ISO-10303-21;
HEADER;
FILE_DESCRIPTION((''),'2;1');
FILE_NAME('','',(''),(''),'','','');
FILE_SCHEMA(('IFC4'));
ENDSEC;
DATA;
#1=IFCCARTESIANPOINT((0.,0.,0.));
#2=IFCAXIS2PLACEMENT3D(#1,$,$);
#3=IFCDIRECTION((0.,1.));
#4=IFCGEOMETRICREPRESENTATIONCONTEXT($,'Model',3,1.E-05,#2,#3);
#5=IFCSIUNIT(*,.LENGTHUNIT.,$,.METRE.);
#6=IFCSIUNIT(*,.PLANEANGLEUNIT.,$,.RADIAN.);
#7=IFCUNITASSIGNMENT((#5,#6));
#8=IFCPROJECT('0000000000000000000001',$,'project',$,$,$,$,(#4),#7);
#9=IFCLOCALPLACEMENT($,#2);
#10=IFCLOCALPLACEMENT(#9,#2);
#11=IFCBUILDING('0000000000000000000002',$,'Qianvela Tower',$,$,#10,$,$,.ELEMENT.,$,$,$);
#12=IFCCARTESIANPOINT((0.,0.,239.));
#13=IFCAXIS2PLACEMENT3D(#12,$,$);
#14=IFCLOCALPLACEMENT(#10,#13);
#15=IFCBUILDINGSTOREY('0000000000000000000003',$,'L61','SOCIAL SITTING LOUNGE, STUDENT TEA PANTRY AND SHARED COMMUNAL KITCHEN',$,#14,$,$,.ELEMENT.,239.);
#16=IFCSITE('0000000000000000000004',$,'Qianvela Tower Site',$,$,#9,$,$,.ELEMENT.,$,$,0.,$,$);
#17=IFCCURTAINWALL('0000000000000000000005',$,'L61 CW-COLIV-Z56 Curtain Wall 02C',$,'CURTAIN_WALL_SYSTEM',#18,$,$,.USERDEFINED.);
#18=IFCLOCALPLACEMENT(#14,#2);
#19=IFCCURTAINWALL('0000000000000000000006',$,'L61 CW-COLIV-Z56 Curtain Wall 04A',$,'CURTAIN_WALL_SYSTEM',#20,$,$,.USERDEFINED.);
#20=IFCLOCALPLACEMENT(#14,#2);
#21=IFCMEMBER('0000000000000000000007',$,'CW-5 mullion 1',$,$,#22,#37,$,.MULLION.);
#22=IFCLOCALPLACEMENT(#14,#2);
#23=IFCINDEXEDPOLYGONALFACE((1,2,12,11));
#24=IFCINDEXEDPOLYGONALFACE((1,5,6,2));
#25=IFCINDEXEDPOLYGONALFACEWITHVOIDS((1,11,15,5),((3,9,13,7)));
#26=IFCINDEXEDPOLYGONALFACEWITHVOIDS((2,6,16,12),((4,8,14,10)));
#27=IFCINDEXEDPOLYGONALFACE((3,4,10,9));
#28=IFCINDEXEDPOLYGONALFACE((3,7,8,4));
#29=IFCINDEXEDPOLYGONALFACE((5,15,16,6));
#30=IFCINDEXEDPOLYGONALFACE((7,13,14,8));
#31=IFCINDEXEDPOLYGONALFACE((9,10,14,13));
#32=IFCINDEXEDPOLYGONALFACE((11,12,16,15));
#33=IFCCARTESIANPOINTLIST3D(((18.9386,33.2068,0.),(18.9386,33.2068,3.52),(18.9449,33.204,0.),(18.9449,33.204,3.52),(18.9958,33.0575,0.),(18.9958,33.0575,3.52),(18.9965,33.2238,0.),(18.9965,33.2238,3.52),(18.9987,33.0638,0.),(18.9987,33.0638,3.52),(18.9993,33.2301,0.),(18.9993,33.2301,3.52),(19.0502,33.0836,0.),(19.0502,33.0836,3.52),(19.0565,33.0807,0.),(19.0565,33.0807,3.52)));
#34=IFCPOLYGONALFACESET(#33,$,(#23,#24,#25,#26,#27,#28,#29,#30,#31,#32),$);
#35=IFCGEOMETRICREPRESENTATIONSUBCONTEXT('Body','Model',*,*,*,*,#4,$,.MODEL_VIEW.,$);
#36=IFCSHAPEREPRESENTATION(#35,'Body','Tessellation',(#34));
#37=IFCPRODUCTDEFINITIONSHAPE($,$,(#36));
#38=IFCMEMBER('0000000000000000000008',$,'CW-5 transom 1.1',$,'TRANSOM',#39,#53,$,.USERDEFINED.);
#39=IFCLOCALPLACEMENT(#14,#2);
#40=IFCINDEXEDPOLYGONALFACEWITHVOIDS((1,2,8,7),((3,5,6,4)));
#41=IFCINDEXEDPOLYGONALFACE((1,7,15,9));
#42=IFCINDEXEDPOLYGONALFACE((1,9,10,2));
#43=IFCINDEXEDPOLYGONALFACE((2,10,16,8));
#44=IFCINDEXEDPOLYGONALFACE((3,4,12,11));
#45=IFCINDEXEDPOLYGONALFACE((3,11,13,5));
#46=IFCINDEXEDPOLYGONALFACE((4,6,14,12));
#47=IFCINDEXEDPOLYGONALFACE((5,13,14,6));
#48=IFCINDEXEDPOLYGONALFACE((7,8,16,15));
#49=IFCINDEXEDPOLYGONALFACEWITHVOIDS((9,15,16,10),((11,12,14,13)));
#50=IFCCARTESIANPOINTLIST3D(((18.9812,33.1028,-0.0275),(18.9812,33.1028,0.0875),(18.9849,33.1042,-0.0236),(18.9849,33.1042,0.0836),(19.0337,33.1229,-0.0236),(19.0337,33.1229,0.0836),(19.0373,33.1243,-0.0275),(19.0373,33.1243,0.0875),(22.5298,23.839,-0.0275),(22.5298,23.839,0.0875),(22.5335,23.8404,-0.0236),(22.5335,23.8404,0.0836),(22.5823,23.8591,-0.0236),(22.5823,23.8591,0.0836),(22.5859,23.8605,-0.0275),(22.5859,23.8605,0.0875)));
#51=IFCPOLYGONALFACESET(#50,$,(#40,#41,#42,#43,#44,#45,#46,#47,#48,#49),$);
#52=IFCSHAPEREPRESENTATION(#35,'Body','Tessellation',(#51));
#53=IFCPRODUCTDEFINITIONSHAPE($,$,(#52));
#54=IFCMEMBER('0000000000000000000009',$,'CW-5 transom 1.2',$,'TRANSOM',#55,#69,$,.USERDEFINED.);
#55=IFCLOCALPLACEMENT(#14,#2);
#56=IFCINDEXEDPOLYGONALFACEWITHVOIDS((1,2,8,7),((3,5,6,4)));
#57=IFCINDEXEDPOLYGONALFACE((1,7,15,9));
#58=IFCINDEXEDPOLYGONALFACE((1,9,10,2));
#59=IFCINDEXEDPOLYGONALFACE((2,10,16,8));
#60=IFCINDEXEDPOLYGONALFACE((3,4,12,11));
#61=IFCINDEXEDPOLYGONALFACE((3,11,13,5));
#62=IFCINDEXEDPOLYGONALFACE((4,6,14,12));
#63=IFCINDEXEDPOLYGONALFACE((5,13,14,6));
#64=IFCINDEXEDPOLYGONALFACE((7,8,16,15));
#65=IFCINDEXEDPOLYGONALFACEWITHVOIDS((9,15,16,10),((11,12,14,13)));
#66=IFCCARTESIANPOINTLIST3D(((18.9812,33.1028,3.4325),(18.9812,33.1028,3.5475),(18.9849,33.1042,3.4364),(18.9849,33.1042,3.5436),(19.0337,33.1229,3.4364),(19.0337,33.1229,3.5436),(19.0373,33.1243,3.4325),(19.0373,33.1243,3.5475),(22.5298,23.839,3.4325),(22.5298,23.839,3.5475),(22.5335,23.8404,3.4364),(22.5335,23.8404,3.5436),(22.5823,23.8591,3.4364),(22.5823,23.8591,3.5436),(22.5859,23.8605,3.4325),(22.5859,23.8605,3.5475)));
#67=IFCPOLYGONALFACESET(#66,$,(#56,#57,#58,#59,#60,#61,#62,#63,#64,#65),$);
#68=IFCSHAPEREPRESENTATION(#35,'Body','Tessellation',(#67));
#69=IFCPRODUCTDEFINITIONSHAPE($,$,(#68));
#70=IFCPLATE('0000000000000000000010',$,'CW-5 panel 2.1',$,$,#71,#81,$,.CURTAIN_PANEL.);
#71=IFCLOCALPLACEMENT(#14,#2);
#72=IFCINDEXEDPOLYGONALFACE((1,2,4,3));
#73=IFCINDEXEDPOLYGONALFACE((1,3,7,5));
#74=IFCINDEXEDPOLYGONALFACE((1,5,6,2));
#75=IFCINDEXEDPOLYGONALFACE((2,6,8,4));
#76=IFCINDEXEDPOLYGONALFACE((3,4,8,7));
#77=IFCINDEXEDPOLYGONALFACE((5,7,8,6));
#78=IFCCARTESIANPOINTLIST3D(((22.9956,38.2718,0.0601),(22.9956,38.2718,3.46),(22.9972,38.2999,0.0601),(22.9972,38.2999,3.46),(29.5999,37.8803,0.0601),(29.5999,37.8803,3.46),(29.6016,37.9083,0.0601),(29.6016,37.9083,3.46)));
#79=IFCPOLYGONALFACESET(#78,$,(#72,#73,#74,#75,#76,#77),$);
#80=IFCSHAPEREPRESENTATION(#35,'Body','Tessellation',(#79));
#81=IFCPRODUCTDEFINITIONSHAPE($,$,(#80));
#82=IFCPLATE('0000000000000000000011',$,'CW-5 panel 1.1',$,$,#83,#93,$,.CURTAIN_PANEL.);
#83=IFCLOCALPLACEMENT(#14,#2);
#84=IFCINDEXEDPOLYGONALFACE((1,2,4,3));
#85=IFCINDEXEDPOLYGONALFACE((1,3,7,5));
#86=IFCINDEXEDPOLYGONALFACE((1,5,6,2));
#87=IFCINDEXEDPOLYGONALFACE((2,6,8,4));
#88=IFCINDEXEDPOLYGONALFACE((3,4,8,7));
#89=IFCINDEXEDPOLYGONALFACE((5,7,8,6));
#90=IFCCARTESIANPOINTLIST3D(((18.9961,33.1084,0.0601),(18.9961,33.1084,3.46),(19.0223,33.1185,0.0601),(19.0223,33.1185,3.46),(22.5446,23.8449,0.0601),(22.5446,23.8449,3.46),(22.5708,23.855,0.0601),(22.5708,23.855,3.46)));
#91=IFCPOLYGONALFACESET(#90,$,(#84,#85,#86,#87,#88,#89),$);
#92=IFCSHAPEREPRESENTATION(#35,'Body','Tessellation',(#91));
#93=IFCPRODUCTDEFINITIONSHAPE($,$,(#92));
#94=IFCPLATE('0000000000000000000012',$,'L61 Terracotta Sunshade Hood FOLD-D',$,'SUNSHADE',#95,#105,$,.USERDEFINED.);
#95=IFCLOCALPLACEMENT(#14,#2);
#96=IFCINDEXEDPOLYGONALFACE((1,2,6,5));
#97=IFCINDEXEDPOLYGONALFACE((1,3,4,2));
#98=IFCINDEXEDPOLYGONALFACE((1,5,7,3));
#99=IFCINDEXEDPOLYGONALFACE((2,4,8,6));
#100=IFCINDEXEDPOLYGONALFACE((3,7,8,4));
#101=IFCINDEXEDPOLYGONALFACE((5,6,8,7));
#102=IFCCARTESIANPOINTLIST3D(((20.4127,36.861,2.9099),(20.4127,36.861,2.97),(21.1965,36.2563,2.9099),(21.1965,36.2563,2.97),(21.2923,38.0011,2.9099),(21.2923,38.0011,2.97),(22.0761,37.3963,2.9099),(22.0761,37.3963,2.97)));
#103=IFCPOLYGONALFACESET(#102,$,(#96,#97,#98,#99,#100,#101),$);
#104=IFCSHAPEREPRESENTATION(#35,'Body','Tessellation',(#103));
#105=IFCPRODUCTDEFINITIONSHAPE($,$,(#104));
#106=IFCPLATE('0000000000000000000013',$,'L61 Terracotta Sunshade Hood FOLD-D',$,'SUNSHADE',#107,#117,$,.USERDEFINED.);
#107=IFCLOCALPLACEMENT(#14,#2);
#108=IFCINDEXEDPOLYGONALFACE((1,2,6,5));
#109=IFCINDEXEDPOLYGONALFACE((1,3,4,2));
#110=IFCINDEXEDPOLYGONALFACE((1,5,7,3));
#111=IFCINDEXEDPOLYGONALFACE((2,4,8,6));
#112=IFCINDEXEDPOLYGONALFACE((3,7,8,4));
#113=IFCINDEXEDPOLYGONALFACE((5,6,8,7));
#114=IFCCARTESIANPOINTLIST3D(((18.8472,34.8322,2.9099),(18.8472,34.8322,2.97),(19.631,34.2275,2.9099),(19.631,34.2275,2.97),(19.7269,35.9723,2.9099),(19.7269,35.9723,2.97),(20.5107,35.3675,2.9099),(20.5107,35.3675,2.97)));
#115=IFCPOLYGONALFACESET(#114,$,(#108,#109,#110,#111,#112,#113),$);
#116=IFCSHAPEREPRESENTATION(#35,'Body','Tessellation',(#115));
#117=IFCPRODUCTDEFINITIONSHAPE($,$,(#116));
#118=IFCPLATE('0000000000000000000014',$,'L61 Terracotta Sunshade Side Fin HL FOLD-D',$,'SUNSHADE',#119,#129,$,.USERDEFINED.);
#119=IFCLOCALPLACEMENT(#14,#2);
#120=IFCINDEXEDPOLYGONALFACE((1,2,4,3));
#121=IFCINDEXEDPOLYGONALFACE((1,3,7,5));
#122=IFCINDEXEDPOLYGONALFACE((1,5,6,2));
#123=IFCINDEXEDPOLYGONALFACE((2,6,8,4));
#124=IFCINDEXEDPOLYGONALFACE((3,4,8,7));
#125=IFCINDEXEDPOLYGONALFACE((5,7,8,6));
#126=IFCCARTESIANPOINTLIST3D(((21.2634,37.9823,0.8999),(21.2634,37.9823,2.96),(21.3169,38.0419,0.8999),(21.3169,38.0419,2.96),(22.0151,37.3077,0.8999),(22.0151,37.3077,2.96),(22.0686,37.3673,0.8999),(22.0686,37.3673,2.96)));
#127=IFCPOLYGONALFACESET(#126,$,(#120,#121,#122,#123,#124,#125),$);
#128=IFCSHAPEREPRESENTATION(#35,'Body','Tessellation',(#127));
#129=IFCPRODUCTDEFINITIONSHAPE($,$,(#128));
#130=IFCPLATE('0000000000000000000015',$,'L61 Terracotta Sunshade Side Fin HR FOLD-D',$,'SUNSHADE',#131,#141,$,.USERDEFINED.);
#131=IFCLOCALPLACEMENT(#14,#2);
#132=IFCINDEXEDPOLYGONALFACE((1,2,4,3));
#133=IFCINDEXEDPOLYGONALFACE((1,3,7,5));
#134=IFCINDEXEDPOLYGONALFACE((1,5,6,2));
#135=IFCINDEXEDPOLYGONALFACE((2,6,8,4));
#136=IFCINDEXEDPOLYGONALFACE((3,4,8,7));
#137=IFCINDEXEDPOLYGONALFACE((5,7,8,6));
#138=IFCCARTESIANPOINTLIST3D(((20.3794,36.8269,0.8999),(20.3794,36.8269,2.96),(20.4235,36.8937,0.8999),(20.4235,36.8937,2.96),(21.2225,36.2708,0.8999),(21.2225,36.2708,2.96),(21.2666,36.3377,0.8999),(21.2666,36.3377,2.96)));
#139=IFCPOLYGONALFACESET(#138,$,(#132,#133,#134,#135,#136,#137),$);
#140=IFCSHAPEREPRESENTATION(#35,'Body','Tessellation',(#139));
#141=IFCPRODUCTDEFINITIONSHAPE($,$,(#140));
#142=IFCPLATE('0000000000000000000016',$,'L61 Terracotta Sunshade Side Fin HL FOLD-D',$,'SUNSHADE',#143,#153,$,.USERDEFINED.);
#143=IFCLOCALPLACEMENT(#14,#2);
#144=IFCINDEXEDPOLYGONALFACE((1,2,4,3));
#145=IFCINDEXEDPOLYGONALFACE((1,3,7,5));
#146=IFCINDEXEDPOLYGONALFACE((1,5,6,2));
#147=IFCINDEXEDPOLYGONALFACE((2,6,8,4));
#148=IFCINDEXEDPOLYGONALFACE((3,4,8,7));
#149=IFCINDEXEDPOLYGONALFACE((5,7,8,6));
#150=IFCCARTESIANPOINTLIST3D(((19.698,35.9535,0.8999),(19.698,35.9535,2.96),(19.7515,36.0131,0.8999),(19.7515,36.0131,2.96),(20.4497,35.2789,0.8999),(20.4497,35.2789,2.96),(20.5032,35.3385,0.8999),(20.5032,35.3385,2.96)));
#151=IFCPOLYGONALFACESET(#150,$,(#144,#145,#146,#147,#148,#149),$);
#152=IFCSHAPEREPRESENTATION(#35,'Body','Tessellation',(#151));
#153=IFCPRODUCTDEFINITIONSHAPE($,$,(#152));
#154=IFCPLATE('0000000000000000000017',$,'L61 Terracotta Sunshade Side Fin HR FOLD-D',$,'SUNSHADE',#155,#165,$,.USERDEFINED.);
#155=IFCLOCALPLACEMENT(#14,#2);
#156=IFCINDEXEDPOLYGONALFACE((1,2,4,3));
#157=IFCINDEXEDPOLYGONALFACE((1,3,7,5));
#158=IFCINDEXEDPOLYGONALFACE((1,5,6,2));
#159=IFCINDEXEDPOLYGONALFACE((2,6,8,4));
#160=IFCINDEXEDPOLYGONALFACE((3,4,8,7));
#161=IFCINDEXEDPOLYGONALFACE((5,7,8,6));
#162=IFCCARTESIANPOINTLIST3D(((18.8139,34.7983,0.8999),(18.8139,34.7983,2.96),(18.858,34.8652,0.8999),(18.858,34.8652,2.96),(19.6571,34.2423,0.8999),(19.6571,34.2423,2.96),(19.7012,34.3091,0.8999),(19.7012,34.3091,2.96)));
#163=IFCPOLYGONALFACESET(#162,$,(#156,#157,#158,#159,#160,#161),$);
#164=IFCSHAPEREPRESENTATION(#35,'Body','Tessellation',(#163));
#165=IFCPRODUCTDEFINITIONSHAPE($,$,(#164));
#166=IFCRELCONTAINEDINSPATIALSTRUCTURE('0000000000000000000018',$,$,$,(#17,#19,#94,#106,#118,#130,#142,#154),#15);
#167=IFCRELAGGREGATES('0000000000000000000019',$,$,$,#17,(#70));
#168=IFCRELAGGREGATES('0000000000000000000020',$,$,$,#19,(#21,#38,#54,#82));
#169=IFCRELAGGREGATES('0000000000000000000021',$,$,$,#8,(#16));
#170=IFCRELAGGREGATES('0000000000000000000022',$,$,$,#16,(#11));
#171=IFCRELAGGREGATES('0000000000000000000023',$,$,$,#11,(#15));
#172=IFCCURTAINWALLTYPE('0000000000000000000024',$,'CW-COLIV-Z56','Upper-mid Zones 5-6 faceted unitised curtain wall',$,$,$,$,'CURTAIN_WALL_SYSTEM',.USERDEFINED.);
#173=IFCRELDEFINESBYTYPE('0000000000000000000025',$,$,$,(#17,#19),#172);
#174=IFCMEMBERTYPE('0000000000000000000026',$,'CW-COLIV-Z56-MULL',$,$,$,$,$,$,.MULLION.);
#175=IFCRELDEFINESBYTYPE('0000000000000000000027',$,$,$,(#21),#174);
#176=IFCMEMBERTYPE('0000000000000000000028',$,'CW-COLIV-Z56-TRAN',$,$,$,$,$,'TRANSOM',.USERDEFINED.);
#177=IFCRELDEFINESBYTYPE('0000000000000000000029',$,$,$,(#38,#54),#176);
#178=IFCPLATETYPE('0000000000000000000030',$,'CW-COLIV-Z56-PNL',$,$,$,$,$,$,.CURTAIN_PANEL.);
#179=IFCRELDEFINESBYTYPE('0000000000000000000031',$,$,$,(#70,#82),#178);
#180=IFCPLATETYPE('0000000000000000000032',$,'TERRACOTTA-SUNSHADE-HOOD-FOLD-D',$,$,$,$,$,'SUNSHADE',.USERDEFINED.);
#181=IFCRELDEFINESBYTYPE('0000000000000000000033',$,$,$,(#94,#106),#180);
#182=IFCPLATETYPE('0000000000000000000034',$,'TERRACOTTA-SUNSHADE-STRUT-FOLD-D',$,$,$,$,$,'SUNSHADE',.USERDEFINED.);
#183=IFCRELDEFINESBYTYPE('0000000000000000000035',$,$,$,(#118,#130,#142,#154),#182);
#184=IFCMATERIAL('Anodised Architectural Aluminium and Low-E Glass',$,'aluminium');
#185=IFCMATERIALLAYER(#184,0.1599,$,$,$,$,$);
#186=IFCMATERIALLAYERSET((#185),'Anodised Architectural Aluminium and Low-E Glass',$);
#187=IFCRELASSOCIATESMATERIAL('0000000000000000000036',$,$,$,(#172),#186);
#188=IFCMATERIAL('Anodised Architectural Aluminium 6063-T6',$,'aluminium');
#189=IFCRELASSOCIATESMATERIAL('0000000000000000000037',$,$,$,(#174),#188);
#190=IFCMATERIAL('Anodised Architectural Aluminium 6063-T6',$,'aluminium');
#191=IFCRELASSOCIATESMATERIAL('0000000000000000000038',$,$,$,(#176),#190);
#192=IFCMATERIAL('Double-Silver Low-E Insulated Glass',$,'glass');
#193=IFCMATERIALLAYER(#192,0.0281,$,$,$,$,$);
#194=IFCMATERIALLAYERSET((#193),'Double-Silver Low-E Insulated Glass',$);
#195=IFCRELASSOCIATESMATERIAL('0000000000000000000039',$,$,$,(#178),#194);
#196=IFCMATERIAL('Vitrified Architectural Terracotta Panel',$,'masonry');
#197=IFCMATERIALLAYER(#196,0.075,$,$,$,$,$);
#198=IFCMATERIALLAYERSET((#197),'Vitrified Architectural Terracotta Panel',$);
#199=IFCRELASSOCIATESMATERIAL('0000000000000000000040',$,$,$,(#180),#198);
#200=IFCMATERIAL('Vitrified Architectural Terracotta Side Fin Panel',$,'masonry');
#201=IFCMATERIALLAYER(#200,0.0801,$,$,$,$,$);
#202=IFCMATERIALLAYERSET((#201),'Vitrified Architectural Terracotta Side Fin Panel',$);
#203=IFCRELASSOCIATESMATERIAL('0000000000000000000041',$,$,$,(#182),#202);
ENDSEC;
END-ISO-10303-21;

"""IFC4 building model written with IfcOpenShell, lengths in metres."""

from ifc_helpers import new_model, si_unit, direction, frame, origin, origin_2d, place, context, subcontext, project, spatial, rectangle, hollow_rectangle, extrude, material, layer, layer_set, material_profile, profile_set, type_object, element, aggregate, save


model = new_model("IFC4")

# Units and contexts
model_context = context("Model", 3, precision=1e-05, world=origin(), true_north=direction((0.0, 1.0)))
body_context = subcontext(model_context, "Body", "Model", "MODEL_VIEW")
ifc_project = project(units=[si_unit("LENGTHUNIT", "METRE"), si_unit("PLANEANGLEUNIT", "RADIAN")], contexts=[model_context])

# Site, building, storey
site_placement = place(None, origin())
site = spatial("IfcSite", under=ifc_project, at=site_placement, Name="Qianvela Tower Site", CompositionType="ELEMENT", RefElevation=0.0)
building_placement = place(site_placement, origin())
building = spatial("IfcBuilding", under=site, at=building_placement, Name="Qianvela Tower", CompositionType="ELEMENT")
storey_placement = place(building_placement, frame((0.0, 0.0, 239.0)))
storey = spatial("IfcBuildingStorey", under=building, at=storey_placement, Name="L61", Description="SOCIAL SITTING LOUNGE, STUDENT TEA PANTRY AND SHARED COMMUNAL KITCHEN", CompositionType="ELEMENT", Elevation=239.0)

# Curtain wall
ifc_material_1 = material(Name="Anodised Architectural Aluminium and Low-E Glass", Category="aluminium")
ifc_layer_1 = layer(ifc_material_1, 0.1599)
ifc_layer_set_1 = layer_set([ifc_layer_1], Name="Anodised Architectural Aluminium and Low-E Glass")
curtain_wall_type = type_object("IfcCurtainWallType", Name="CW-COLIV-Z56", Description="Upper-mid Zones 5-6 faceted unitised curtain wall", ElementType="CURTAIN_WALL_SYSTEM", PredefinedType="USERDEFINED", material=ifc_layer_set_1)
curtain_wall_1_placement = place(storey_placement, origin())
curtain_wall_1 = element("IfcCurtainWall", 1, at=curtain_wall_1_placement, inside=storey, type_object=curtain_wall_type, Name="L61 CW-COLIV-Z56 Curtain Wall 02C", ObjectType="CURTAIN_WALL_SYSTEM", PredefinedType="USERDEFINED")
ifc_material_2 = material(Name="Anodised Architectural Aluminium 6063-T6", Category="aluminium")
ifc_material_profile_1 = material_profile(ifc_material_2, hollow_rectangle(XDim=0.0649, YDim=0.1599, WallThickness=0.0049, at=origin_2d()), Name="ALU-MULL-65x160")
ifc_profile_set_1 = profile_set([ifc_material_profile_1], Name="Anodised Architectural Aluminium 6063-T6")
member_type_1 = type_object("IfcMemberType", Name="CW-COLIV-Z56-MULL", PredefinedType="MULLION", material=ifc_profile_set_1)

# Curtain wall, members
curtain_wall_2_placement = place(storey_placement, origin())
curtain_wall_2 = element("IfcCurtainWall", 2, at=curtain_wall_2_placement, inside=storey, type_object=curtain_wall_type, Name="L61 CW-COLIV-Z56 Curtain Wall 04A", ObjectType="CURTAIN_WALL_SYSTEM", PredefinedType="USERDEFINED")
member_1_placement = place(storey_placement, frame((18.9976, 33.1438, 0.0), z_axis=(0.0, 0.0, 1.0), x_axis=(0.933829, 0.357721, 0.0)))
member_1 = element("IfcMember", 3, at=member_1_placement, type_object=member_type_1, Name="CW-5 mullion 1", PredefinedType="MULLION", context=body_context, shape_type="SweptSolid", body=[
    extrude(hollow_rectangle(XDim=0.0649, YDim=0.1599, WallThickness=0.0049, at=origin_2d()), origin(), (0.0, 0.0, 1.0), 3.52),
])
ifc_material_3 = material(Name="Anodised Architectural Aluminium 6063-T6", Category="aluminium")
ifc_material_profile_2 = material_profile(ifc_material_3, hollow_rectangle(XDim=0.0601, YDim=0.115, WallThickness=0.0039, at=origin_2d()), Name="ALU-TRAN-60x115")
ifc_profile_set_2 = profile_set([ifc_material_profile_2], Name="Anodised Architectural Aluminium 6063-T6")
member_type_2 = type_object("IfcMemberType", Name="CW-COLIV-Z56-TRAN", ElementType="TRANSOM", PredefinedType="USERDEFINED", material=ifc_profile_set_2)
member_2_placement = place(storey_placement, frame((19.0093, 33.1135, 0.03), z_axis=(0.357717, -0.93383, 0.0), x_axis=(0.93383, 0.357717, 0.0)))
member_2 = element("IfcMember", 4, at=member_2_placement, type_object=member_type_2, Name="CW-5 transom 1.1", ObjectType="TRANSOM", PredefinedType="USERDEFINED", context=body_context, shape_type="SweptSolid", body=[
    extrude(hollow_rectangle(XDim=0.0601, YDim=0.115, WallThickness=0.0039, at=origin_2d()), origin(), (0.0, 0.0, 1.0), 9.9202),
])
member_3_placement = place(storey_placement, frame((19.0093, 33.1135, 3.49), z_axis=(0.357717, -0.93383, 0.0), x_axis=(0.93383, 0.357717, 0.0)))
member_3 = element("IfcMember", 5, at=member_3_placement, type_object=member_type_2, Name="CW-5 transom 1.2", ObjectType="TRANSOM", PredefinedType="USERDEFINED", context=body_context, shape_type="SweptSolid", body=[
    extrude(hollow_rectangle(XDim=0.0601, YDim=0.115, WallThickness=0.0039, at=origin_2d()), origin(), (0.0, 0.0, 1.0), 9.9202),
])

# Plates
ifc_material_4 = material(Name="Double-Silver Low-E Insulated Glass", Category="glass")
ifc_layer_2 = layer(ifc_material_4, 0.0281)
ifc_layer_set_2 = layer_set([ifc_layer_2], Name="Double-Silver Low-E Insulated Glass")
plate_type_1 = type_object("IfcPlateType", Name="CW-COLIV-Z56-PNL", PredefinedType="CURTAIN_PANEL", material=ifc_layer_set_2)
plate_1_placement = place(storey_placement, frame((26.2986, 38.0901, 0.0601), z_axis=(0.0, 0.0, 1.0), x_axis=(-0.998247, 0.05918, 0.0)))
plate_1 = element("IfcPlate", 6, at=plate_1_placement, type_object=plate_type_1, Name="CW-5 panel 2.1", PredefinedType="CURTAIN_PANEL", context=body_context, shape_type="SweptSolid", body=[
    extrude(rectangle(XDim=6.616, YDim=0.0281, at=origin_2d()), origin(), (0.0, 0.0, 1.0), 3.3999),
])
aggregate(curtain_wall_1, [plate_1])
plate_2_placement = place(storey_placement, frame((20.7834, 28.4817, 0.0601), z_axis=(0.0, 0.0, 1.0), x_axis=(0.357721, -0.933829, 0.0)))
plate_2 = element("IfcPlate", 7, at=plate_2_placement, type_object=plate_type_1, Name="CW-5 panel 1.1", PredefinedType="CURTAIN_PANEL", context=body_context, shape_type="SweptSolid", body=[
    extrude(rectangle(XDim=9.9199, YDim=0.0281, at=origin_2d()), origin(), (0.0, 0.0, 1.0), 3.3999),
])
aggregate(curtain_wall_2, [member_1, member_2, member_3, plate_2])

# Plates
ifc_material_5 = material(Name="Vitrified Architectural Terracotta Panel", Category="masonry")
ifc_layer_3 = layer(ifc_material_5, 0.075)
ifc_layer_set_3 = layer_set([ifc_layer_3], Name="Vitrified Architectural Terracotta Panel")
plate_type_2 = type_object("IfcPlateType", Name="TERRACOTTA-SUNSHADE-HOOD-FOLD-D", ElementType="SUNSHADE", PredefinedType="USERDEFINED", material=ifc_layer_set_3)
for number, where, z_axis, x_axis, name in (
    (8, (21.2444, 37.1287, 2.9099), (0.0, 0.0, 1.0), (-0.61089, -0.791715, 0.0), "L61 Terracotta Sunshade Hood FOLD-D"),
    (9, (19.679, 35.0999, 2.9099), (0.0, 0.0, 1.0), (-0.61089, -0.791715, 0.0), "L61 Terracotta Sunshade Hood FOLD-D"),
):
    element("IfcPlate", number, at=place(storey_placement, frame(where, z_axis=z_axis, x_axis=x_axis)), inside=storey, type_object=plate_type_2, Name=name, ObjectType="SUNSHADE", PredefinedType="USERDEFINED", context=body_context, shape_type="SweptSolid", body=[
        extrude(rectangle(XDim=1.4399, YDim=0.99, at=origin_2d()), origin(), (0.0, 0.0, 1.0), 0.0601),
    ])
ifc_material_6 = material(Name="Vitrified Architectural Terracotta Side Fin Panel", Category="masonry")
ifc_layer_4 = layer(ifc_material_6, 0.0801)
ifc_layer_set_4 = layer_set([ifc_layer_4], Name="Vitrified Architectural Terracotta Side Fin Panel")
plate_type_3 = type_object("IfcPlateType", Name="TERRACOTTA-SUNSHADE-STRUT-FOLD-D", ElementType="SUNSHADE", PredefinedType="USERDEFINED", material=ifc_layer_set_4)
for number, where, z_axis, x_axis, name in (
    (10, (21.666, 37.6748, 0.8999), (0.0, 0.0, 1.0), (-0.667883, -0.744266, 0.0), "L61 Terracotta Sunshade Side Fin HL FOLD-D"),
    (11, (20.823, 36.5823, 0.8999), (0.0, 0.0, 1.0), (-0.550538, -0.83481, 0.0), "L61 Terracotta Sunshade Side Fin HR FOLD-D"),
    (12, (20.1006, 35.646, 0.8999), (0.0, 0.0, 1.0), (-0.667883, -0.744266, 0.0), "L61 Terracotta Sunshade Side Fin HL FOLD-D"),
    (13, (19.2576, 34.5537, 0.8999), (0.0, 0.0, 1.0), (-0.550538, -0.83481, 0.0), "L61 Terracotta Sunshade Side Fin HR FOLD-D"),
):
    element("IfcPlate", number, at=place(storey_placement, frame(where, z_axis=z_axis, x_axis=x_axis)), inside=storey, type_object=plate_type_3, Name=name, ObjectType="SUNSHADE", PredefinedType="USERDEFINED", context=body_context, shape_type="SweptSolid", body=[
        extrude(rectangle(XDim=0.0801, YDim=1.01, at=origin_2d()), origin(), (0.0, 0.0, 1.0), 2.0601),
    ])

save(model, "model.ifc")
